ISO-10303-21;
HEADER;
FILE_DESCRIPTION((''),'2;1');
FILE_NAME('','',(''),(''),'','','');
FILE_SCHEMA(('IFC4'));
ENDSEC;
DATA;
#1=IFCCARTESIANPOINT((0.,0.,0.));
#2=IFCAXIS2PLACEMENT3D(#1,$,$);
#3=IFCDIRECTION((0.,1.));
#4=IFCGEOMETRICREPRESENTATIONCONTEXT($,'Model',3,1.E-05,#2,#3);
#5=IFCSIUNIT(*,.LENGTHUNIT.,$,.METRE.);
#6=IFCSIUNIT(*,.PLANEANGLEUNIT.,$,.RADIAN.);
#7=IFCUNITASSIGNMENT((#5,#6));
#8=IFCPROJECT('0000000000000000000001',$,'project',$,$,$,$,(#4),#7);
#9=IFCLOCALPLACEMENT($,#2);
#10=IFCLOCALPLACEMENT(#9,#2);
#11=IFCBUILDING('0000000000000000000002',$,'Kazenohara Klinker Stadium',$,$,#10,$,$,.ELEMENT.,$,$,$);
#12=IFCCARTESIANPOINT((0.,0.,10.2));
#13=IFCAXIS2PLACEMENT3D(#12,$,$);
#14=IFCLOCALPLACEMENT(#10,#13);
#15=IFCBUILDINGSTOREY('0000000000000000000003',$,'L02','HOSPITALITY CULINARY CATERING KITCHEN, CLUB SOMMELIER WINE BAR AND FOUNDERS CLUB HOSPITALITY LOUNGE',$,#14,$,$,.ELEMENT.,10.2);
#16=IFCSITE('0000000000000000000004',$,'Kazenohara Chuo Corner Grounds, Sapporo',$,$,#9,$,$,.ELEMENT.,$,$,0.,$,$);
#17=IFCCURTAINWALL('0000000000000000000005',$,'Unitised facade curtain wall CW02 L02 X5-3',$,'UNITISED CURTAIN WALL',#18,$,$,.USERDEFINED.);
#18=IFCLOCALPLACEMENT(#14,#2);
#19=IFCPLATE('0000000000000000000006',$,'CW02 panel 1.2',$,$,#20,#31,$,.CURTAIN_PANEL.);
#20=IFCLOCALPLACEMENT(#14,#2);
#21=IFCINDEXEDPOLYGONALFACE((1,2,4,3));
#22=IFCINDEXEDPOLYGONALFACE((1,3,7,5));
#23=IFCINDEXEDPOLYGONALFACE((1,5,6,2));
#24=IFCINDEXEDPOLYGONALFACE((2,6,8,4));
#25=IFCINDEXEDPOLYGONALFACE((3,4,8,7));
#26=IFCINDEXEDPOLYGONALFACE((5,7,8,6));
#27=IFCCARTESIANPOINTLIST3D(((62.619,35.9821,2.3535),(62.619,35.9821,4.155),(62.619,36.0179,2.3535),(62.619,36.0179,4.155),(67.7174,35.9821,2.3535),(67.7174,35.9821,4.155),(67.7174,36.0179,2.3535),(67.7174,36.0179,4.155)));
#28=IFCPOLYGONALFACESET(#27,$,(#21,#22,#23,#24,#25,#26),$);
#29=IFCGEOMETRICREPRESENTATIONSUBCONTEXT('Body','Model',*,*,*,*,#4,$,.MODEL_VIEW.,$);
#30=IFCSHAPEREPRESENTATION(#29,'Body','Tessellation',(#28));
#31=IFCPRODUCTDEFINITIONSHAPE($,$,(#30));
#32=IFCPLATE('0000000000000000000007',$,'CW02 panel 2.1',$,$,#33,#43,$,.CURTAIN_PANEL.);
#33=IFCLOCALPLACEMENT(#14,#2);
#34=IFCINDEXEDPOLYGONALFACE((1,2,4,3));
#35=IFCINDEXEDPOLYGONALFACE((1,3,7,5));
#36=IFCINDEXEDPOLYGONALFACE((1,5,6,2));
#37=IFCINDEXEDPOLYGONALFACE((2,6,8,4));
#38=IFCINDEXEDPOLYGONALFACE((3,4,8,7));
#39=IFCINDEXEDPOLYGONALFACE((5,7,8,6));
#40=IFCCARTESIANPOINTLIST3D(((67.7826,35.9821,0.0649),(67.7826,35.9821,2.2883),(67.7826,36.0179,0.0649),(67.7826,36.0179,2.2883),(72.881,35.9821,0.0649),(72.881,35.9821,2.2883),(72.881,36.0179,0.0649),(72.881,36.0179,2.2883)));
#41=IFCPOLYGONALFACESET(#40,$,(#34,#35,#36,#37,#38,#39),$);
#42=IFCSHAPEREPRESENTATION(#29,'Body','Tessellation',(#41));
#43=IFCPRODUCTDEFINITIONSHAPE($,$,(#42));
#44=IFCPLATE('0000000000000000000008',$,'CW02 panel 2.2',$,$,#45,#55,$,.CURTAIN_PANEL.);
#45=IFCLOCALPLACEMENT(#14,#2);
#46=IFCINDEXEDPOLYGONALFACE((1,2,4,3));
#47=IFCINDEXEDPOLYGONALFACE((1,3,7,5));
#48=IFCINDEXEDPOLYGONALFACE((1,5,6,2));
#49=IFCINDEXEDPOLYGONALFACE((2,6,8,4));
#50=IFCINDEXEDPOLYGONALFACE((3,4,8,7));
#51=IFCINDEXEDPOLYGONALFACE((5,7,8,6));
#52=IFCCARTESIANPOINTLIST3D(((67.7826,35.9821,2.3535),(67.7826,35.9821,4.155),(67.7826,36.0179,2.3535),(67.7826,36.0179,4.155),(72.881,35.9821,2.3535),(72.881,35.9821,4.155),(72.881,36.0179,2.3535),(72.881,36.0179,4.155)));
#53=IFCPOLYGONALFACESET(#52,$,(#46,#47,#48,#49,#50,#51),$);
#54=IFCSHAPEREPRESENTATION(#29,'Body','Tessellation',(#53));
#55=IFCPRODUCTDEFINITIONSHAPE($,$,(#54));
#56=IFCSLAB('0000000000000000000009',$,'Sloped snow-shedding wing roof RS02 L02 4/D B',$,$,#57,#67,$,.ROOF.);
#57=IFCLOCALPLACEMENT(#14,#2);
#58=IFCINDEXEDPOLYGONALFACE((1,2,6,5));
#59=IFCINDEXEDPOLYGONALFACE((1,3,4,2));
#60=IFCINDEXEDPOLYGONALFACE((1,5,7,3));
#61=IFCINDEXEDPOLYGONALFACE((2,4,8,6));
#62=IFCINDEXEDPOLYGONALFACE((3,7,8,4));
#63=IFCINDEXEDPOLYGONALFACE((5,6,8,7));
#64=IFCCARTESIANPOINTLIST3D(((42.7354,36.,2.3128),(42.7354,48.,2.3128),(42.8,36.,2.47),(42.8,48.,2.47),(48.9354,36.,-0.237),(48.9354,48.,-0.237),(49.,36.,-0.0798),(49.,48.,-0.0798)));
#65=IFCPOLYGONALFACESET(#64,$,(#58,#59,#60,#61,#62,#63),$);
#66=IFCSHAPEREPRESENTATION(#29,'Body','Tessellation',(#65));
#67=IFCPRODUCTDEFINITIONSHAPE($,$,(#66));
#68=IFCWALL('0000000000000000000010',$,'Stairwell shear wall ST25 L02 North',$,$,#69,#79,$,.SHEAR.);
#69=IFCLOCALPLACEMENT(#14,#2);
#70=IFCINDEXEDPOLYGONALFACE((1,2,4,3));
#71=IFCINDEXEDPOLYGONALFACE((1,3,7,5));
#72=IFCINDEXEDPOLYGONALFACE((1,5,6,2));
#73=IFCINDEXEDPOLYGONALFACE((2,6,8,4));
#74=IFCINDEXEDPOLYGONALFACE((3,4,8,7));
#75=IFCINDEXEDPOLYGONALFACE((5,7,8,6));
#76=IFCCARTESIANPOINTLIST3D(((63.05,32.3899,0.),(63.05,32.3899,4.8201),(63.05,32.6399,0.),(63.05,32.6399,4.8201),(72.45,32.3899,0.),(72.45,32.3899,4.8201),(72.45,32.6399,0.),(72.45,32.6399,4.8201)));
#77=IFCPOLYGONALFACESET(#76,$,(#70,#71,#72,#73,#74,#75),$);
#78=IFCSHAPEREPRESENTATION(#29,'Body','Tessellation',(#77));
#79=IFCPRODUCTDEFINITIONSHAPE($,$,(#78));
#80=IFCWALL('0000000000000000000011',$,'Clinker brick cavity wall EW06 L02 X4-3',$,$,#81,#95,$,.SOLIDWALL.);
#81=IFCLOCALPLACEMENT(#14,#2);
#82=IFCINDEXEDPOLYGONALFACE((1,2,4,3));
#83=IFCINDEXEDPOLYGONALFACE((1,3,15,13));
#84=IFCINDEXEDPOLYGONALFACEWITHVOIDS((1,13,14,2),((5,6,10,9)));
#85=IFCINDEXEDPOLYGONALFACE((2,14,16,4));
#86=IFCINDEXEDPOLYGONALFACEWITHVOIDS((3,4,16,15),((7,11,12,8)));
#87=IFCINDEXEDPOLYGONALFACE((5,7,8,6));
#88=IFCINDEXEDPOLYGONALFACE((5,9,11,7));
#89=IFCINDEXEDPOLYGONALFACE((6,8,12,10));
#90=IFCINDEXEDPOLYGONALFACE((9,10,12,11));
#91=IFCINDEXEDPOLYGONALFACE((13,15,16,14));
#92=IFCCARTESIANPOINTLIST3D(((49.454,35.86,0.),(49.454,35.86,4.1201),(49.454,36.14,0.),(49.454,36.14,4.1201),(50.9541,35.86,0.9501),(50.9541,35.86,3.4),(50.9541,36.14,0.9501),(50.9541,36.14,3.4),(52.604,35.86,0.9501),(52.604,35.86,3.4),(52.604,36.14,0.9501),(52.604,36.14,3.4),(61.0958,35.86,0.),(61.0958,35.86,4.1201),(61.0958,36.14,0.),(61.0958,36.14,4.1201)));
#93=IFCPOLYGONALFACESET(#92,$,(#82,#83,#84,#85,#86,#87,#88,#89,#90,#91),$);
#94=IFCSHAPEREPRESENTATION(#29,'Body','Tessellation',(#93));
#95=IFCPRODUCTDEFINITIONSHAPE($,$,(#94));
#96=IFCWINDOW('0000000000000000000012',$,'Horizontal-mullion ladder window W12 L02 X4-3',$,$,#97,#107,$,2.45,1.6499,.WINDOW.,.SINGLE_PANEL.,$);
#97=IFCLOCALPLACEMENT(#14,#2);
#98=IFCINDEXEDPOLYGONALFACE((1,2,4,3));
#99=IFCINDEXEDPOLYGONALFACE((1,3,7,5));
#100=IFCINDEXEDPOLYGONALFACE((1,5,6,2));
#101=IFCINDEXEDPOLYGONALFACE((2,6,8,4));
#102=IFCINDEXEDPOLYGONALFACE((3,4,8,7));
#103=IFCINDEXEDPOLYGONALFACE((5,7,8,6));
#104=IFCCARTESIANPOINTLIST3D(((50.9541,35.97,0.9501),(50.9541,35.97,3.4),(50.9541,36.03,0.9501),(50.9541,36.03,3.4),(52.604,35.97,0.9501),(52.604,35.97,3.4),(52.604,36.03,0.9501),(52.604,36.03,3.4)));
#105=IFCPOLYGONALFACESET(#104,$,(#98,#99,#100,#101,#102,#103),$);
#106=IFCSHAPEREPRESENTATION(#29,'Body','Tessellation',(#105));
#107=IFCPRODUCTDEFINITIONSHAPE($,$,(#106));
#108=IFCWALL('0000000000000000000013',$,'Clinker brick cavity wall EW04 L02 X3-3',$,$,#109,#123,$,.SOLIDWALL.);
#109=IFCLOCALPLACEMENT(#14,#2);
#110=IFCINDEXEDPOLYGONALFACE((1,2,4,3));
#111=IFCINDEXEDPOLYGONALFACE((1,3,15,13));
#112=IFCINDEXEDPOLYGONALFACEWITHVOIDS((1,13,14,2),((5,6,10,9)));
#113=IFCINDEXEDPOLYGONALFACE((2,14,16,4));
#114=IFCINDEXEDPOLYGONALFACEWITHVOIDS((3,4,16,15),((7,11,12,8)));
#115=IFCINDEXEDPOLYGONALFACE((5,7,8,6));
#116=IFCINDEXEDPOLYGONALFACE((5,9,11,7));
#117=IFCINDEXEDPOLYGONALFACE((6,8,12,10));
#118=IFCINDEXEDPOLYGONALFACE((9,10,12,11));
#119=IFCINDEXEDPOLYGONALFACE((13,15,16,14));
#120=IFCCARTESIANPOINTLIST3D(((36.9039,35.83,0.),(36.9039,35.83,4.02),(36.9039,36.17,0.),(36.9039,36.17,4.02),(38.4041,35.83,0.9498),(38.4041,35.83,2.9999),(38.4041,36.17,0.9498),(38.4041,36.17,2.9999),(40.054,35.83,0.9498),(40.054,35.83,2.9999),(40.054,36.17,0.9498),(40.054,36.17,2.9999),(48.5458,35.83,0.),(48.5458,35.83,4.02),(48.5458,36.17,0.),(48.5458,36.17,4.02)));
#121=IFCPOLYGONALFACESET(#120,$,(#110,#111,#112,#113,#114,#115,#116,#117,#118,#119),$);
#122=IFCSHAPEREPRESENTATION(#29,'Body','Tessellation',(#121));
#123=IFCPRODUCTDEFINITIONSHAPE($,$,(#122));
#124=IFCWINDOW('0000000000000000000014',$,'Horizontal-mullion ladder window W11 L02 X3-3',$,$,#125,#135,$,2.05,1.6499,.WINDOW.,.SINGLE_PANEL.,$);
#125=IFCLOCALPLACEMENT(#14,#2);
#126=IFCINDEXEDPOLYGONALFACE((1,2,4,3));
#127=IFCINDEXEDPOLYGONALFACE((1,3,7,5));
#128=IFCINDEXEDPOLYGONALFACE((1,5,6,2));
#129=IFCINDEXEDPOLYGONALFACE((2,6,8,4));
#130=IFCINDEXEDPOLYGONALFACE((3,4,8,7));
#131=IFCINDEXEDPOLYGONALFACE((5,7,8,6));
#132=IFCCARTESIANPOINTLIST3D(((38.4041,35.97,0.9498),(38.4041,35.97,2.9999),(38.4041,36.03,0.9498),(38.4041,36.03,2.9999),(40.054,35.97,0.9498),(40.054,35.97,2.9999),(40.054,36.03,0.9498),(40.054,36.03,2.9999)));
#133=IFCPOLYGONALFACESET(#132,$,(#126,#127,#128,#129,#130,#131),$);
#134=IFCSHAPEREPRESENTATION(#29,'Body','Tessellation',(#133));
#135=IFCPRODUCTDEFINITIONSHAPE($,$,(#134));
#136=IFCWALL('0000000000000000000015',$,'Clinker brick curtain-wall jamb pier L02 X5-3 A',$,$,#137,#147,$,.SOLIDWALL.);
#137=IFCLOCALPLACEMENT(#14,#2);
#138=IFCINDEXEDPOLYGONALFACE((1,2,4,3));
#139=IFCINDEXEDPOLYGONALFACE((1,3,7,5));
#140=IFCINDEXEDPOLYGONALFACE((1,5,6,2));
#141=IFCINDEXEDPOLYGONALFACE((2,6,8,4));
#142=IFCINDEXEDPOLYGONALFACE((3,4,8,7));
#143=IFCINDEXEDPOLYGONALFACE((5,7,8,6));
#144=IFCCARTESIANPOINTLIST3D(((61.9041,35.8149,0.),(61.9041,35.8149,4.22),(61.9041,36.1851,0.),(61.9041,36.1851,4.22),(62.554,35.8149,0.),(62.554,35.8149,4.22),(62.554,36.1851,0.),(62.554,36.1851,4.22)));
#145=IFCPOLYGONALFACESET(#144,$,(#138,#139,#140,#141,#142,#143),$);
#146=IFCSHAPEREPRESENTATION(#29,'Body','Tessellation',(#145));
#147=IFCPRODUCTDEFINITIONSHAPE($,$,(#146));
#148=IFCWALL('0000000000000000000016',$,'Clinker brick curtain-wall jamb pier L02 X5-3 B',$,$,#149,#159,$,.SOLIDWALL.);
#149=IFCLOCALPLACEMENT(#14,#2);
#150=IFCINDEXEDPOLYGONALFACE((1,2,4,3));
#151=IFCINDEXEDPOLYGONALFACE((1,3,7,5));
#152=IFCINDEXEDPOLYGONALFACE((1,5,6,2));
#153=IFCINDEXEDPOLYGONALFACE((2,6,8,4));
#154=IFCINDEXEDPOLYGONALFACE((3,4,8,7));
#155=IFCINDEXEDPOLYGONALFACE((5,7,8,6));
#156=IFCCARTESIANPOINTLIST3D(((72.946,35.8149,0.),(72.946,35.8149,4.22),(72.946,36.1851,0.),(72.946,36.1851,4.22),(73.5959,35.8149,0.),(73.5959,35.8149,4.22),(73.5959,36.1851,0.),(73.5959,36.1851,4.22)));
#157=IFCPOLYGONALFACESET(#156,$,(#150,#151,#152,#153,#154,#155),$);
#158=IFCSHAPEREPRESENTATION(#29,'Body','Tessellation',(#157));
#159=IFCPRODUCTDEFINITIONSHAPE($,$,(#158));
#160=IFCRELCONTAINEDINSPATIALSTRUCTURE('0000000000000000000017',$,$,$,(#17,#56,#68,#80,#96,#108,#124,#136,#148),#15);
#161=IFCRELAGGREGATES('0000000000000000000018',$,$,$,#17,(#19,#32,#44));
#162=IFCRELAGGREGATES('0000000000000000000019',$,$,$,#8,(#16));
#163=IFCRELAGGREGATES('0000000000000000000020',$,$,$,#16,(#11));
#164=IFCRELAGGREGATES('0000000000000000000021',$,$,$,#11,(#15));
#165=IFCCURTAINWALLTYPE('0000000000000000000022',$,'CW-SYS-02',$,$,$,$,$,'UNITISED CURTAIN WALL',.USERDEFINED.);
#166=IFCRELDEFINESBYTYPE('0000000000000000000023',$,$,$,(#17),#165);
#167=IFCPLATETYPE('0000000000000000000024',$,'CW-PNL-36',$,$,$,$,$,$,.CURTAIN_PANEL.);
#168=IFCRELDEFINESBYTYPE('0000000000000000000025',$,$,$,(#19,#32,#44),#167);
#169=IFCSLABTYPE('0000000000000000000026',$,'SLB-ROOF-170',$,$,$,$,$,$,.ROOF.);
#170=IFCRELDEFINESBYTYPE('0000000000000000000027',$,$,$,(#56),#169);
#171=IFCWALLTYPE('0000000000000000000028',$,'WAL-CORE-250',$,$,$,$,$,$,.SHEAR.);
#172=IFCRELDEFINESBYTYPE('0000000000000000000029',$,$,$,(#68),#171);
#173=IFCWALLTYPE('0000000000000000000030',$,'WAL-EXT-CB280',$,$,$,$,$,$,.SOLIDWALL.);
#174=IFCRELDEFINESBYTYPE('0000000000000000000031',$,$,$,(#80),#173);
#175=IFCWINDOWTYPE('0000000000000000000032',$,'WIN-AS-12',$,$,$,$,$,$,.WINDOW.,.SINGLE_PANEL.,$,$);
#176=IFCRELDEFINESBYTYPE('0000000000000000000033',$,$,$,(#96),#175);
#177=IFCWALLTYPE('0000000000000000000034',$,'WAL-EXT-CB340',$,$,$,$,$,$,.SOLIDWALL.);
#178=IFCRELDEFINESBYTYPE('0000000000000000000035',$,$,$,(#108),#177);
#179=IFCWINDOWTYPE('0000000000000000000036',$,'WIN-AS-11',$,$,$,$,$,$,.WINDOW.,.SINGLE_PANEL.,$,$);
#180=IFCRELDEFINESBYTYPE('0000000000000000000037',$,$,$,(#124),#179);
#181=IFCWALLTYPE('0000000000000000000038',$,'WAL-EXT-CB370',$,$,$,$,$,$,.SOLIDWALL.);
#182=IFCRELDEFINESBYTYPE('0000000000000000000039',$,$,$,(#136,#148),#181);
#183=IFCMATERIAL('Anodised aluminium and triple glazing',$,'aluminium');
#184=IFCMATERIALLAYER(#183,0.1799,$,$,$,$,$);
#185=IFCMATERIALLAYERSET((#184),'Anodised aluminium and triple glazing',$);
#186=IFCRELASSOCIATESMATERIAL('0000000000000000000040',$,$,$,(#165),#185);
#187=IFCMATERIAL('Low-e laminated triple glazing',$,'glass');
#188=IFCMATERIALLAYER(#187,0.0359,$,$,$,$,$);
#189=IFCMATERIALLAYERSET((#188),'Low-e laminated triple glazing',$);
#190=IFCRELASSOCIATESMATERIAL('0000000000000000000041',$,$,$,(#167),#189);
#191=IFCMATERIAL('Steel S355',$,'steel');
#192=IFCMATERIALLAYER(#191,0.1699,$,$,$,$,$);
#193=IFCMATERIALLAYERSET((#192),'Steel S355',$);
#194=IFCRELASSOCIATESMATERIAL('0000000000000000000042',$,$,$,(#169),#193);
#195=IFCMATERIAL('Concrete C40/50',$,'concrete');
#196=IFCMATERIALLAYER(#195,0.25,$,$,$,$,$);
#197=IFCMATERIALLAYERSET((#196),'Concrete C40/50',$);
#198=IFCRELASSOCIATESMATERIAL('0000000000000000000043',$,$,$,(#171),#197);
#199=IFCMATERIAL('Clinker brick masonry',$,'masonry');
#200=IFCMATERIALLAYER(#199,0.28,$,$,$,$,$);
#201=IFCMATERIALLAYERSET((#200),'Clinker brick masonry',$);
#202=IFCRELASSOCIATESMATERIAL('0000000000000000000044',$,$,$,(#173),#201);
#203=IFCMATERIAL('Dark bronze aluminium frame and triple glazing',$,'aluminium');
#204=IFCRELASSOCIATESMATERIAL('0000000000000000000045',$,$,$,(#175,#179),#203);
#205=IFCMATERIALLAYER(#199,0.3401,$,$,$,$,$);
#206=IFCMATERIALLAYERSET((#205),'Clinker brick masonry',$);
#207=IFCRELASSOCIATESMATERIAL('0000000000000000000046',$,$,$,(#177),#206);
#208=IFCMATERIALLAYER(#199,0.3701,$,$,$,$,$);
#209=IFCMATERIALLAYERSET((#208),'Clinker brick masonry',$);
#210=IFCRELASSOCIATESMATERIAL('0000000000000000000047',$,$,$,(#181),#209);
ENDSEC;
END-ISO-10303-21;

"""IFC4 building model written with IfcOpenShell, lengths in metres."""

from ifc_helpers import new_model, si_unit, direction, frame, frame_2d, origin, origin_2d, place, context, subcontext, project, spatial, polyline, rectangle, outline, extrude, material, layer, layer_set, type_object, element, fill, aggregate, save


model = new_model("IFC4")

# Units and contexts
model_context = context("Model", 3, precision=1e-05, world=origin(), true_north=direction((0.0, 1.0)))
body_context = subcontext(model_context, "Body", "Model", "MODEL_VIEW")
ifc_project = project(units=[si_unit("LENGTHUNIT", "METRE"), si_unit("PLANEANGLEUNIT", "RADIAN")], contexts=[model_context])

# Site, building, storey
site_placement = place(None, origin())
site = spatial("IfcSite", under=ifc_project, at=site_placement, Name="Kazenohara Chuo Corner Grounds, Sapporo", CompositionType="ELEMENT", RefElevation=0.0)
building_placement = place(site_placement, origin())
building = spatial("IfcBuilding", under=site, at=building_placement, Name="Kazenohara Klinker Stadium", CompositionType="ELEMENT")
storey_placement = place(building_placement, frame((0.0, 0.0, 10.2)))
storey = spatial("IfcBuildingStorey", under=building, at=storey_placement, Name="L02", Description="HOSPITALITY CULINARY CATERING KITCHEN, CLUB SOMMELIER WINE BAR AND FOUNDERS CLUB HOSPITALITY LOUNGE", CompositionType="ELEMENT", Elevation=10.2)

# Shared definitions
ifc_material_1 = material(Name="Concrete C40/50", Category="concrete")

# Shared definitions
ifc_material_2 = material(Name="Steel S355", Category="steel")

# Curtain wall
ifc_material_3 = material(Name="Anodised aluminium and triple glazing", Category="aluminium")
ifc_layer_1 = layer(ifc_material_3, 0.1799)
ifc_layer_set_1 = layer_set([ifc_layer_1], Name="Anodised aluminium and triple glazing")
curtain_wall_type = type_object("IfcCurtainWallType", Name="CW-SYS-02", ElementType="UNITISED CURTAIN WALL", PredefinedType="USERDEFINED", material=ifc_layer_set_1)
curtain_wall_placement = place(storey_placement, origin())
curtain_wall = element("IfcCurtainWall", 1, at=curtain_wall_placement, inside=storey, type_object=curtain_wall_type, Name="Unitised facade curtain wall CW02 L02 X5-3", ObjectType="UNITISED CURTAIN WALL", PredefinedType="USERDEFINED")

# Plates
ifc_material_4 = material(Name="Low-e laminated triple glazing", Category="glass")
ifc_layer_2 = layer(ifc_material_4, 0.0359)
ifc_layer_set_2 = layer_set([ifc_layer_2], Name="Low-e laminated triple glazing")
plate_type = type_object("IfcPlateType", Name="CW-PNL-36", PredefinedType="CURTAIN_PANEL", material=ifc_layer_set_2)
plate_1_placement = place(storey_placement, frame((65.1682, 36.0, 2.3535), z_axis=(0.0, 0.0, 1.0), x_axis=(1.0, 0.0, 0.0)))
plate_1 = element("IfcPlate", 2, at=plate_1_placement, type_object=plate_type, Name="CW02 panel 1.2", PredefinedType="CURTAIN_PANEL", context=body_context, shape_type="SweptSolid", body=[
    extrude(rectangle(XDim=5.0984, YDim=0.0359, at=origin_2d()), origin(), (0.0, 0.0, 1.0), 1.8015),
])
plate_2_placement = place(storey_placement, frame((70.3318, 36.0, 0.0649), z_axis=(0.0, 0.0, 1.0), x_axis=(1.0, 0.0, 0.0)))
plate_2 = element("IfcPlate", 3, at=plate_2_placement, type_object=plate_type, Name="CW02 panel 2.1", PredefinedType="CURTAIN_PANEL", context=body_context, shape_type="SweptSolid", body=[
    extrude(rectangle(XDim=5.0984, YDim=0.0359, at=origin_2d()), origin(), (0.0, 0.0, 1.0), 2.2234),
])
plate_3_placement = place(storey_placement, frame((70.3318, 36.0, 2.3535), z_axis=(0.0, 0.0, 1.0), x_axis=(1.0, 0.0, 0.0)))
plate_3 = element("IfcPlate", 4, at=plate_3_placement, type_object=plate_type, Name="CW02 panel 2.2", PredefinedType="CURTAIN_PANEL", context=body_context, shape_type="SweptSolid", body=[
    extrude(rectangle(XDim=5.0984, YDim=0.0359, at=origin_2d()), origin(), (0.0, 0.0, 1.0), 1.8015),
])
aggregate(curtain_wall, [plate_1, plate_2, plate_3])

# Slab
ifc_layer_3 = layer(ifc_material_2, 0.1699)
ifc_layer_set_3 = layer_set([ifc_layer_3], Name="Steel S355")
slab_type = type_object("IfcSlabType", Name="SLB-ROOF-170", PredefinedType="ROOF", material=ifc_layer_set_3)
slab_placement = place(storey_placement, frame((42.8, 36.0, 2.47), z_axis=(0.380352, 0.0, 0.924842), x_axis=(0.924842, 0.0, -0.380352)))
element("IfcSlab", 5, at=slab_placement, inside=storey, type_object=slab_type, Name="Sloped snow-shedding wing roof RS02 L02 4/D B", PredefinedType="ROOF", context=body_context, shape_type="SweptSolid", body=[
    extrude(outline(polyline([(0.0, 0.0), (6.7038, 0.0), (6.7038, 12.0), (0.0, 12.0), (0.0, 0.0)])), origin(), (0.0, 0.0, -1.0), 0.1699),
])

# Wall
ifc_layer_4 = layer(ifc_material_1, 0.25)
ifc_layer_set_4 = layer_set([ifc_layer_4], Name="Concrete C40/50")
wall_type_1 = type_object("IfcWallType", Name="WAL-CORE-250", PredefinedType="SHEAR", material=ifc_layer_set_4)
wall_1_placement = place(storey_placement, frame((63.05, 32.5149, 0.0), z_axis=(0.0, 0.0, 1.0), x_axis=(1.0, 0.0, 0.0)))
element("IfcWall", 6, at=wall_1_placement, inside=storey, type_object=wall_type_1, Name="Stairwell shear wall ST25 L02 North", PredefinedType="SHEAR", context=body_context, shape_type="SweptSolid", body=[
    extrude(rectangle(XDim=9.3999, YDim=0.25, at=frame_2d((4.7, 0.0))), origin(), (0.0, 0.0, 1.0), 4.8201),
])

# Walls, openings, windows
ifc_material_5 = material(Name="Clinker brick masonry", Category="masonry")
ifc_layer_5 = layer(ifc_material_5, 0.28)
ifc_layer_set_5 = layer_set([ifc_layer_5], Name="Clinker brick masonry")
wall_type_2 = type_object("IfcWallType", Name="WAL-EXT-CB280", PredefinedType="SOLIDWALL", material=ifc_layer_set_5)
wall_2_placement = place(storey_placement, frame((49.4541, 36.0, 0.0), z_axis=(0.0, 0.0, 1.0), x_axis=(1.0, 0.0, 0.0)))
wall_2 = element("IfcWall", 7, at=wall_2_placement, inside=storey, type_object=wall_type_2, Name="Clinker brick cavity wall EW06 L02 X4-3", PredefinedType="SOLIDWALL", context=body_context, shape_type="SweptSolid", body=[
    extrude(rectangle(XDim=11.6418, YDim=0.28, at=frame_2d((5.8208, 0.0))), origin(), (0.0, 0.0, 1.0), 4.1201),
])
opening_1_placement = place(wall_2_placement, frame((1.5, 0.0, 0.95)))
opening_1 = element("IfcOpeningElement", 8, at=opening_1_placement, cuts=wall_2, PredefinedType="OPENING", context=body_context, shape_type="SweptSolid", body=[
    extrude(rectangle(XDim=1.6499, YDim=2.45, at=frame_2d((0.825, 1.2251))), frame((0.0, 0.1499, 0.0), z_axis=(0.0, -1.0, 0.0), x_axis=(1.0, 0.0, 0.0)), (0.0, 0.0, 1.0), 0.3),
])
ifc_material_6 = material(Name="Dark bronze aluminium frame and triple glazing", Category="aluminium")
window_type_1 = type_object("IfcWindowType", Name="WIN-AS-12", PartitioningType="SINGLE_PANEL", PredefinedType="WINDOW", material=ifc_material_6)
window_1_placement = place(opening_1_placement, origin())
window_1 = element("IfcWindow", 9, at=window_1_placement, inside=storey, type_object=window_type_1, Name="Horizontal-mullion ladder window W12 L02 X4-3", OverallHeight=2.45, OverallWidth=1.6499, PartitioningType="SINGLE_PANEL", PredefinedType="WINDOW", context=body_context, shape_type="SweptSolid", body=[
    extrude(rectangle(XDim=1.6499, YDim=2.45, at=frame_2d((0.825, 1.2251))), frame((0.0, 0.03, 0.0), z_axis=(0.0, -1.0, 0.0), x_axis=(1.0, 0.0, 0.0)), (0.0, 0.0, 1.0), 0.0601),
])
fill(opening_1, window_1)
ifc_layer_6 = layer(ifc_material_5, 0.3401)
ifc_layer_set_6 = layer_set([ifc_layer_6], Name="Clinker brick masonry")
wall_type_3 = type_object("IfcWallType", Name="WAL-EXT-CB340", PredefinedType="SOLIDWALL", material=ifc_layer_set_6)
wall_3_placement = place(storey_placement, frame((36.9041, 36.0, 0.0), z_axis=(0.0, 0.0, 1.0), x_axis=(1.0, 0.0, 0.0)))
wall_3 = element("IfcWall", 10, at=wall_3_placement, inside=storey, type_object=wall_type_3, Name="Clinker brick cavity wall EW04 L02 X3-3", PredefinedType="SOLIDWALL", context=body_context, shape_type="SweptSolid", body=[
    extrude(rectangle(XDim=11.6418, YDim=0.3401, at=frame_2d((5.8208, 0.0))), origin(), (0.0, 0.0, 1.0), 4.02),
])
opening_2_placement = place(wall_3_placement, frame((1.5, 0.0, 0.95)))
opening_2 = element("IfcOpeningElement", 11, at=opening_2_placement, cuts=wall_3, PredefinedType="OPENING", context=body_context, shape_type="SweptSolid", body=[
    extrude(rectangle(XDim=1.6499, YDim=2.05, at=frame_2d((0.825, 1.0249))), frame((0.0, 0.1802, 0.0), z_axis=(0.0, -1.0, 0.0), x_axis=(1.0, 0.0, 0.0)), (0.0, 0.0, 1.0), 0.3601),
])
window_type_2 = type_object("IfcWindowType", Name="WIN-AS-11", PartitioningType="SINGLE_PANEL", PredefinedType="WINDOW", material=ifc_material_6)
window_2_placement = place(opening_2_placement, origin())
window_2 = element("IfcWindow", 12, at=window_2_placement, inside=storey, type_object=window_type_2, Name="Horizontal-mullion ladder window W11 L02 X3-3", OverallHeight=2.05, OverallWidth=1.6499, PartitioningType="SINGLE_PANEL", PredefinedType="WINDOW", context=body_context, shape_type="SweptSolid", body=[
    extrude(rectangle(XDim=1.6499, YDim=2.05, at=frame_2d((0.825, 1.0249))), frame((0.0, 0.03, 0.0), z_axis=(0.0, -1.0, 0.0), x_axis=(1.0, 0.0, 0.0)), (0.0, 0.0, 1.0), 0.0601),
])
fill(opening_2, window_2)

# Walls
ifc_layer_7 = layer(ifc_material_5, 0.3701)
ifc_layer_set_7 = layer_set([ifc_layer_7], Name="Clinker brick masonry")
wall_type_4 = type_object("IfcWallType", Name="WAL-EXT-CB370", PredefinedType="SOLIDWALL", material=ifc_layer_set_7)
for number, where, z_axis, x_axis, name in (
    (13, (61.9041, 36.0, 0.0), (0.0, 0.0, 1.0), (1.0, 0.0, 0.0), "Clinker brick curtain-wall jamb pier L02 X5-3 A"),
    (14, (72.946, 36.0, 0.0), (0.0, 0.0, 1.0), (1.0, 0.0, 0.0), "Clinker brick curtain-wall jamb pier L02 X5-3 B"),
):
    element("IfcWall", number, at=place(storey_placement, frame(where, z_axis=z_axis, x_axis=x_axis)), inside=storey, type_object=wall_type_4, Name=name, PredefinedType="SOLIDWALL", context=body_context, shape_type="SweptSolid", body=[
        extrude(rectangle(XDim=0.6499, YDim=0.3701, at=frame_2d((0.325, 0.0))), origin(), (0.0, 0.0, 1.0), 4.22),
    ])

save(model, "model.ifc")
